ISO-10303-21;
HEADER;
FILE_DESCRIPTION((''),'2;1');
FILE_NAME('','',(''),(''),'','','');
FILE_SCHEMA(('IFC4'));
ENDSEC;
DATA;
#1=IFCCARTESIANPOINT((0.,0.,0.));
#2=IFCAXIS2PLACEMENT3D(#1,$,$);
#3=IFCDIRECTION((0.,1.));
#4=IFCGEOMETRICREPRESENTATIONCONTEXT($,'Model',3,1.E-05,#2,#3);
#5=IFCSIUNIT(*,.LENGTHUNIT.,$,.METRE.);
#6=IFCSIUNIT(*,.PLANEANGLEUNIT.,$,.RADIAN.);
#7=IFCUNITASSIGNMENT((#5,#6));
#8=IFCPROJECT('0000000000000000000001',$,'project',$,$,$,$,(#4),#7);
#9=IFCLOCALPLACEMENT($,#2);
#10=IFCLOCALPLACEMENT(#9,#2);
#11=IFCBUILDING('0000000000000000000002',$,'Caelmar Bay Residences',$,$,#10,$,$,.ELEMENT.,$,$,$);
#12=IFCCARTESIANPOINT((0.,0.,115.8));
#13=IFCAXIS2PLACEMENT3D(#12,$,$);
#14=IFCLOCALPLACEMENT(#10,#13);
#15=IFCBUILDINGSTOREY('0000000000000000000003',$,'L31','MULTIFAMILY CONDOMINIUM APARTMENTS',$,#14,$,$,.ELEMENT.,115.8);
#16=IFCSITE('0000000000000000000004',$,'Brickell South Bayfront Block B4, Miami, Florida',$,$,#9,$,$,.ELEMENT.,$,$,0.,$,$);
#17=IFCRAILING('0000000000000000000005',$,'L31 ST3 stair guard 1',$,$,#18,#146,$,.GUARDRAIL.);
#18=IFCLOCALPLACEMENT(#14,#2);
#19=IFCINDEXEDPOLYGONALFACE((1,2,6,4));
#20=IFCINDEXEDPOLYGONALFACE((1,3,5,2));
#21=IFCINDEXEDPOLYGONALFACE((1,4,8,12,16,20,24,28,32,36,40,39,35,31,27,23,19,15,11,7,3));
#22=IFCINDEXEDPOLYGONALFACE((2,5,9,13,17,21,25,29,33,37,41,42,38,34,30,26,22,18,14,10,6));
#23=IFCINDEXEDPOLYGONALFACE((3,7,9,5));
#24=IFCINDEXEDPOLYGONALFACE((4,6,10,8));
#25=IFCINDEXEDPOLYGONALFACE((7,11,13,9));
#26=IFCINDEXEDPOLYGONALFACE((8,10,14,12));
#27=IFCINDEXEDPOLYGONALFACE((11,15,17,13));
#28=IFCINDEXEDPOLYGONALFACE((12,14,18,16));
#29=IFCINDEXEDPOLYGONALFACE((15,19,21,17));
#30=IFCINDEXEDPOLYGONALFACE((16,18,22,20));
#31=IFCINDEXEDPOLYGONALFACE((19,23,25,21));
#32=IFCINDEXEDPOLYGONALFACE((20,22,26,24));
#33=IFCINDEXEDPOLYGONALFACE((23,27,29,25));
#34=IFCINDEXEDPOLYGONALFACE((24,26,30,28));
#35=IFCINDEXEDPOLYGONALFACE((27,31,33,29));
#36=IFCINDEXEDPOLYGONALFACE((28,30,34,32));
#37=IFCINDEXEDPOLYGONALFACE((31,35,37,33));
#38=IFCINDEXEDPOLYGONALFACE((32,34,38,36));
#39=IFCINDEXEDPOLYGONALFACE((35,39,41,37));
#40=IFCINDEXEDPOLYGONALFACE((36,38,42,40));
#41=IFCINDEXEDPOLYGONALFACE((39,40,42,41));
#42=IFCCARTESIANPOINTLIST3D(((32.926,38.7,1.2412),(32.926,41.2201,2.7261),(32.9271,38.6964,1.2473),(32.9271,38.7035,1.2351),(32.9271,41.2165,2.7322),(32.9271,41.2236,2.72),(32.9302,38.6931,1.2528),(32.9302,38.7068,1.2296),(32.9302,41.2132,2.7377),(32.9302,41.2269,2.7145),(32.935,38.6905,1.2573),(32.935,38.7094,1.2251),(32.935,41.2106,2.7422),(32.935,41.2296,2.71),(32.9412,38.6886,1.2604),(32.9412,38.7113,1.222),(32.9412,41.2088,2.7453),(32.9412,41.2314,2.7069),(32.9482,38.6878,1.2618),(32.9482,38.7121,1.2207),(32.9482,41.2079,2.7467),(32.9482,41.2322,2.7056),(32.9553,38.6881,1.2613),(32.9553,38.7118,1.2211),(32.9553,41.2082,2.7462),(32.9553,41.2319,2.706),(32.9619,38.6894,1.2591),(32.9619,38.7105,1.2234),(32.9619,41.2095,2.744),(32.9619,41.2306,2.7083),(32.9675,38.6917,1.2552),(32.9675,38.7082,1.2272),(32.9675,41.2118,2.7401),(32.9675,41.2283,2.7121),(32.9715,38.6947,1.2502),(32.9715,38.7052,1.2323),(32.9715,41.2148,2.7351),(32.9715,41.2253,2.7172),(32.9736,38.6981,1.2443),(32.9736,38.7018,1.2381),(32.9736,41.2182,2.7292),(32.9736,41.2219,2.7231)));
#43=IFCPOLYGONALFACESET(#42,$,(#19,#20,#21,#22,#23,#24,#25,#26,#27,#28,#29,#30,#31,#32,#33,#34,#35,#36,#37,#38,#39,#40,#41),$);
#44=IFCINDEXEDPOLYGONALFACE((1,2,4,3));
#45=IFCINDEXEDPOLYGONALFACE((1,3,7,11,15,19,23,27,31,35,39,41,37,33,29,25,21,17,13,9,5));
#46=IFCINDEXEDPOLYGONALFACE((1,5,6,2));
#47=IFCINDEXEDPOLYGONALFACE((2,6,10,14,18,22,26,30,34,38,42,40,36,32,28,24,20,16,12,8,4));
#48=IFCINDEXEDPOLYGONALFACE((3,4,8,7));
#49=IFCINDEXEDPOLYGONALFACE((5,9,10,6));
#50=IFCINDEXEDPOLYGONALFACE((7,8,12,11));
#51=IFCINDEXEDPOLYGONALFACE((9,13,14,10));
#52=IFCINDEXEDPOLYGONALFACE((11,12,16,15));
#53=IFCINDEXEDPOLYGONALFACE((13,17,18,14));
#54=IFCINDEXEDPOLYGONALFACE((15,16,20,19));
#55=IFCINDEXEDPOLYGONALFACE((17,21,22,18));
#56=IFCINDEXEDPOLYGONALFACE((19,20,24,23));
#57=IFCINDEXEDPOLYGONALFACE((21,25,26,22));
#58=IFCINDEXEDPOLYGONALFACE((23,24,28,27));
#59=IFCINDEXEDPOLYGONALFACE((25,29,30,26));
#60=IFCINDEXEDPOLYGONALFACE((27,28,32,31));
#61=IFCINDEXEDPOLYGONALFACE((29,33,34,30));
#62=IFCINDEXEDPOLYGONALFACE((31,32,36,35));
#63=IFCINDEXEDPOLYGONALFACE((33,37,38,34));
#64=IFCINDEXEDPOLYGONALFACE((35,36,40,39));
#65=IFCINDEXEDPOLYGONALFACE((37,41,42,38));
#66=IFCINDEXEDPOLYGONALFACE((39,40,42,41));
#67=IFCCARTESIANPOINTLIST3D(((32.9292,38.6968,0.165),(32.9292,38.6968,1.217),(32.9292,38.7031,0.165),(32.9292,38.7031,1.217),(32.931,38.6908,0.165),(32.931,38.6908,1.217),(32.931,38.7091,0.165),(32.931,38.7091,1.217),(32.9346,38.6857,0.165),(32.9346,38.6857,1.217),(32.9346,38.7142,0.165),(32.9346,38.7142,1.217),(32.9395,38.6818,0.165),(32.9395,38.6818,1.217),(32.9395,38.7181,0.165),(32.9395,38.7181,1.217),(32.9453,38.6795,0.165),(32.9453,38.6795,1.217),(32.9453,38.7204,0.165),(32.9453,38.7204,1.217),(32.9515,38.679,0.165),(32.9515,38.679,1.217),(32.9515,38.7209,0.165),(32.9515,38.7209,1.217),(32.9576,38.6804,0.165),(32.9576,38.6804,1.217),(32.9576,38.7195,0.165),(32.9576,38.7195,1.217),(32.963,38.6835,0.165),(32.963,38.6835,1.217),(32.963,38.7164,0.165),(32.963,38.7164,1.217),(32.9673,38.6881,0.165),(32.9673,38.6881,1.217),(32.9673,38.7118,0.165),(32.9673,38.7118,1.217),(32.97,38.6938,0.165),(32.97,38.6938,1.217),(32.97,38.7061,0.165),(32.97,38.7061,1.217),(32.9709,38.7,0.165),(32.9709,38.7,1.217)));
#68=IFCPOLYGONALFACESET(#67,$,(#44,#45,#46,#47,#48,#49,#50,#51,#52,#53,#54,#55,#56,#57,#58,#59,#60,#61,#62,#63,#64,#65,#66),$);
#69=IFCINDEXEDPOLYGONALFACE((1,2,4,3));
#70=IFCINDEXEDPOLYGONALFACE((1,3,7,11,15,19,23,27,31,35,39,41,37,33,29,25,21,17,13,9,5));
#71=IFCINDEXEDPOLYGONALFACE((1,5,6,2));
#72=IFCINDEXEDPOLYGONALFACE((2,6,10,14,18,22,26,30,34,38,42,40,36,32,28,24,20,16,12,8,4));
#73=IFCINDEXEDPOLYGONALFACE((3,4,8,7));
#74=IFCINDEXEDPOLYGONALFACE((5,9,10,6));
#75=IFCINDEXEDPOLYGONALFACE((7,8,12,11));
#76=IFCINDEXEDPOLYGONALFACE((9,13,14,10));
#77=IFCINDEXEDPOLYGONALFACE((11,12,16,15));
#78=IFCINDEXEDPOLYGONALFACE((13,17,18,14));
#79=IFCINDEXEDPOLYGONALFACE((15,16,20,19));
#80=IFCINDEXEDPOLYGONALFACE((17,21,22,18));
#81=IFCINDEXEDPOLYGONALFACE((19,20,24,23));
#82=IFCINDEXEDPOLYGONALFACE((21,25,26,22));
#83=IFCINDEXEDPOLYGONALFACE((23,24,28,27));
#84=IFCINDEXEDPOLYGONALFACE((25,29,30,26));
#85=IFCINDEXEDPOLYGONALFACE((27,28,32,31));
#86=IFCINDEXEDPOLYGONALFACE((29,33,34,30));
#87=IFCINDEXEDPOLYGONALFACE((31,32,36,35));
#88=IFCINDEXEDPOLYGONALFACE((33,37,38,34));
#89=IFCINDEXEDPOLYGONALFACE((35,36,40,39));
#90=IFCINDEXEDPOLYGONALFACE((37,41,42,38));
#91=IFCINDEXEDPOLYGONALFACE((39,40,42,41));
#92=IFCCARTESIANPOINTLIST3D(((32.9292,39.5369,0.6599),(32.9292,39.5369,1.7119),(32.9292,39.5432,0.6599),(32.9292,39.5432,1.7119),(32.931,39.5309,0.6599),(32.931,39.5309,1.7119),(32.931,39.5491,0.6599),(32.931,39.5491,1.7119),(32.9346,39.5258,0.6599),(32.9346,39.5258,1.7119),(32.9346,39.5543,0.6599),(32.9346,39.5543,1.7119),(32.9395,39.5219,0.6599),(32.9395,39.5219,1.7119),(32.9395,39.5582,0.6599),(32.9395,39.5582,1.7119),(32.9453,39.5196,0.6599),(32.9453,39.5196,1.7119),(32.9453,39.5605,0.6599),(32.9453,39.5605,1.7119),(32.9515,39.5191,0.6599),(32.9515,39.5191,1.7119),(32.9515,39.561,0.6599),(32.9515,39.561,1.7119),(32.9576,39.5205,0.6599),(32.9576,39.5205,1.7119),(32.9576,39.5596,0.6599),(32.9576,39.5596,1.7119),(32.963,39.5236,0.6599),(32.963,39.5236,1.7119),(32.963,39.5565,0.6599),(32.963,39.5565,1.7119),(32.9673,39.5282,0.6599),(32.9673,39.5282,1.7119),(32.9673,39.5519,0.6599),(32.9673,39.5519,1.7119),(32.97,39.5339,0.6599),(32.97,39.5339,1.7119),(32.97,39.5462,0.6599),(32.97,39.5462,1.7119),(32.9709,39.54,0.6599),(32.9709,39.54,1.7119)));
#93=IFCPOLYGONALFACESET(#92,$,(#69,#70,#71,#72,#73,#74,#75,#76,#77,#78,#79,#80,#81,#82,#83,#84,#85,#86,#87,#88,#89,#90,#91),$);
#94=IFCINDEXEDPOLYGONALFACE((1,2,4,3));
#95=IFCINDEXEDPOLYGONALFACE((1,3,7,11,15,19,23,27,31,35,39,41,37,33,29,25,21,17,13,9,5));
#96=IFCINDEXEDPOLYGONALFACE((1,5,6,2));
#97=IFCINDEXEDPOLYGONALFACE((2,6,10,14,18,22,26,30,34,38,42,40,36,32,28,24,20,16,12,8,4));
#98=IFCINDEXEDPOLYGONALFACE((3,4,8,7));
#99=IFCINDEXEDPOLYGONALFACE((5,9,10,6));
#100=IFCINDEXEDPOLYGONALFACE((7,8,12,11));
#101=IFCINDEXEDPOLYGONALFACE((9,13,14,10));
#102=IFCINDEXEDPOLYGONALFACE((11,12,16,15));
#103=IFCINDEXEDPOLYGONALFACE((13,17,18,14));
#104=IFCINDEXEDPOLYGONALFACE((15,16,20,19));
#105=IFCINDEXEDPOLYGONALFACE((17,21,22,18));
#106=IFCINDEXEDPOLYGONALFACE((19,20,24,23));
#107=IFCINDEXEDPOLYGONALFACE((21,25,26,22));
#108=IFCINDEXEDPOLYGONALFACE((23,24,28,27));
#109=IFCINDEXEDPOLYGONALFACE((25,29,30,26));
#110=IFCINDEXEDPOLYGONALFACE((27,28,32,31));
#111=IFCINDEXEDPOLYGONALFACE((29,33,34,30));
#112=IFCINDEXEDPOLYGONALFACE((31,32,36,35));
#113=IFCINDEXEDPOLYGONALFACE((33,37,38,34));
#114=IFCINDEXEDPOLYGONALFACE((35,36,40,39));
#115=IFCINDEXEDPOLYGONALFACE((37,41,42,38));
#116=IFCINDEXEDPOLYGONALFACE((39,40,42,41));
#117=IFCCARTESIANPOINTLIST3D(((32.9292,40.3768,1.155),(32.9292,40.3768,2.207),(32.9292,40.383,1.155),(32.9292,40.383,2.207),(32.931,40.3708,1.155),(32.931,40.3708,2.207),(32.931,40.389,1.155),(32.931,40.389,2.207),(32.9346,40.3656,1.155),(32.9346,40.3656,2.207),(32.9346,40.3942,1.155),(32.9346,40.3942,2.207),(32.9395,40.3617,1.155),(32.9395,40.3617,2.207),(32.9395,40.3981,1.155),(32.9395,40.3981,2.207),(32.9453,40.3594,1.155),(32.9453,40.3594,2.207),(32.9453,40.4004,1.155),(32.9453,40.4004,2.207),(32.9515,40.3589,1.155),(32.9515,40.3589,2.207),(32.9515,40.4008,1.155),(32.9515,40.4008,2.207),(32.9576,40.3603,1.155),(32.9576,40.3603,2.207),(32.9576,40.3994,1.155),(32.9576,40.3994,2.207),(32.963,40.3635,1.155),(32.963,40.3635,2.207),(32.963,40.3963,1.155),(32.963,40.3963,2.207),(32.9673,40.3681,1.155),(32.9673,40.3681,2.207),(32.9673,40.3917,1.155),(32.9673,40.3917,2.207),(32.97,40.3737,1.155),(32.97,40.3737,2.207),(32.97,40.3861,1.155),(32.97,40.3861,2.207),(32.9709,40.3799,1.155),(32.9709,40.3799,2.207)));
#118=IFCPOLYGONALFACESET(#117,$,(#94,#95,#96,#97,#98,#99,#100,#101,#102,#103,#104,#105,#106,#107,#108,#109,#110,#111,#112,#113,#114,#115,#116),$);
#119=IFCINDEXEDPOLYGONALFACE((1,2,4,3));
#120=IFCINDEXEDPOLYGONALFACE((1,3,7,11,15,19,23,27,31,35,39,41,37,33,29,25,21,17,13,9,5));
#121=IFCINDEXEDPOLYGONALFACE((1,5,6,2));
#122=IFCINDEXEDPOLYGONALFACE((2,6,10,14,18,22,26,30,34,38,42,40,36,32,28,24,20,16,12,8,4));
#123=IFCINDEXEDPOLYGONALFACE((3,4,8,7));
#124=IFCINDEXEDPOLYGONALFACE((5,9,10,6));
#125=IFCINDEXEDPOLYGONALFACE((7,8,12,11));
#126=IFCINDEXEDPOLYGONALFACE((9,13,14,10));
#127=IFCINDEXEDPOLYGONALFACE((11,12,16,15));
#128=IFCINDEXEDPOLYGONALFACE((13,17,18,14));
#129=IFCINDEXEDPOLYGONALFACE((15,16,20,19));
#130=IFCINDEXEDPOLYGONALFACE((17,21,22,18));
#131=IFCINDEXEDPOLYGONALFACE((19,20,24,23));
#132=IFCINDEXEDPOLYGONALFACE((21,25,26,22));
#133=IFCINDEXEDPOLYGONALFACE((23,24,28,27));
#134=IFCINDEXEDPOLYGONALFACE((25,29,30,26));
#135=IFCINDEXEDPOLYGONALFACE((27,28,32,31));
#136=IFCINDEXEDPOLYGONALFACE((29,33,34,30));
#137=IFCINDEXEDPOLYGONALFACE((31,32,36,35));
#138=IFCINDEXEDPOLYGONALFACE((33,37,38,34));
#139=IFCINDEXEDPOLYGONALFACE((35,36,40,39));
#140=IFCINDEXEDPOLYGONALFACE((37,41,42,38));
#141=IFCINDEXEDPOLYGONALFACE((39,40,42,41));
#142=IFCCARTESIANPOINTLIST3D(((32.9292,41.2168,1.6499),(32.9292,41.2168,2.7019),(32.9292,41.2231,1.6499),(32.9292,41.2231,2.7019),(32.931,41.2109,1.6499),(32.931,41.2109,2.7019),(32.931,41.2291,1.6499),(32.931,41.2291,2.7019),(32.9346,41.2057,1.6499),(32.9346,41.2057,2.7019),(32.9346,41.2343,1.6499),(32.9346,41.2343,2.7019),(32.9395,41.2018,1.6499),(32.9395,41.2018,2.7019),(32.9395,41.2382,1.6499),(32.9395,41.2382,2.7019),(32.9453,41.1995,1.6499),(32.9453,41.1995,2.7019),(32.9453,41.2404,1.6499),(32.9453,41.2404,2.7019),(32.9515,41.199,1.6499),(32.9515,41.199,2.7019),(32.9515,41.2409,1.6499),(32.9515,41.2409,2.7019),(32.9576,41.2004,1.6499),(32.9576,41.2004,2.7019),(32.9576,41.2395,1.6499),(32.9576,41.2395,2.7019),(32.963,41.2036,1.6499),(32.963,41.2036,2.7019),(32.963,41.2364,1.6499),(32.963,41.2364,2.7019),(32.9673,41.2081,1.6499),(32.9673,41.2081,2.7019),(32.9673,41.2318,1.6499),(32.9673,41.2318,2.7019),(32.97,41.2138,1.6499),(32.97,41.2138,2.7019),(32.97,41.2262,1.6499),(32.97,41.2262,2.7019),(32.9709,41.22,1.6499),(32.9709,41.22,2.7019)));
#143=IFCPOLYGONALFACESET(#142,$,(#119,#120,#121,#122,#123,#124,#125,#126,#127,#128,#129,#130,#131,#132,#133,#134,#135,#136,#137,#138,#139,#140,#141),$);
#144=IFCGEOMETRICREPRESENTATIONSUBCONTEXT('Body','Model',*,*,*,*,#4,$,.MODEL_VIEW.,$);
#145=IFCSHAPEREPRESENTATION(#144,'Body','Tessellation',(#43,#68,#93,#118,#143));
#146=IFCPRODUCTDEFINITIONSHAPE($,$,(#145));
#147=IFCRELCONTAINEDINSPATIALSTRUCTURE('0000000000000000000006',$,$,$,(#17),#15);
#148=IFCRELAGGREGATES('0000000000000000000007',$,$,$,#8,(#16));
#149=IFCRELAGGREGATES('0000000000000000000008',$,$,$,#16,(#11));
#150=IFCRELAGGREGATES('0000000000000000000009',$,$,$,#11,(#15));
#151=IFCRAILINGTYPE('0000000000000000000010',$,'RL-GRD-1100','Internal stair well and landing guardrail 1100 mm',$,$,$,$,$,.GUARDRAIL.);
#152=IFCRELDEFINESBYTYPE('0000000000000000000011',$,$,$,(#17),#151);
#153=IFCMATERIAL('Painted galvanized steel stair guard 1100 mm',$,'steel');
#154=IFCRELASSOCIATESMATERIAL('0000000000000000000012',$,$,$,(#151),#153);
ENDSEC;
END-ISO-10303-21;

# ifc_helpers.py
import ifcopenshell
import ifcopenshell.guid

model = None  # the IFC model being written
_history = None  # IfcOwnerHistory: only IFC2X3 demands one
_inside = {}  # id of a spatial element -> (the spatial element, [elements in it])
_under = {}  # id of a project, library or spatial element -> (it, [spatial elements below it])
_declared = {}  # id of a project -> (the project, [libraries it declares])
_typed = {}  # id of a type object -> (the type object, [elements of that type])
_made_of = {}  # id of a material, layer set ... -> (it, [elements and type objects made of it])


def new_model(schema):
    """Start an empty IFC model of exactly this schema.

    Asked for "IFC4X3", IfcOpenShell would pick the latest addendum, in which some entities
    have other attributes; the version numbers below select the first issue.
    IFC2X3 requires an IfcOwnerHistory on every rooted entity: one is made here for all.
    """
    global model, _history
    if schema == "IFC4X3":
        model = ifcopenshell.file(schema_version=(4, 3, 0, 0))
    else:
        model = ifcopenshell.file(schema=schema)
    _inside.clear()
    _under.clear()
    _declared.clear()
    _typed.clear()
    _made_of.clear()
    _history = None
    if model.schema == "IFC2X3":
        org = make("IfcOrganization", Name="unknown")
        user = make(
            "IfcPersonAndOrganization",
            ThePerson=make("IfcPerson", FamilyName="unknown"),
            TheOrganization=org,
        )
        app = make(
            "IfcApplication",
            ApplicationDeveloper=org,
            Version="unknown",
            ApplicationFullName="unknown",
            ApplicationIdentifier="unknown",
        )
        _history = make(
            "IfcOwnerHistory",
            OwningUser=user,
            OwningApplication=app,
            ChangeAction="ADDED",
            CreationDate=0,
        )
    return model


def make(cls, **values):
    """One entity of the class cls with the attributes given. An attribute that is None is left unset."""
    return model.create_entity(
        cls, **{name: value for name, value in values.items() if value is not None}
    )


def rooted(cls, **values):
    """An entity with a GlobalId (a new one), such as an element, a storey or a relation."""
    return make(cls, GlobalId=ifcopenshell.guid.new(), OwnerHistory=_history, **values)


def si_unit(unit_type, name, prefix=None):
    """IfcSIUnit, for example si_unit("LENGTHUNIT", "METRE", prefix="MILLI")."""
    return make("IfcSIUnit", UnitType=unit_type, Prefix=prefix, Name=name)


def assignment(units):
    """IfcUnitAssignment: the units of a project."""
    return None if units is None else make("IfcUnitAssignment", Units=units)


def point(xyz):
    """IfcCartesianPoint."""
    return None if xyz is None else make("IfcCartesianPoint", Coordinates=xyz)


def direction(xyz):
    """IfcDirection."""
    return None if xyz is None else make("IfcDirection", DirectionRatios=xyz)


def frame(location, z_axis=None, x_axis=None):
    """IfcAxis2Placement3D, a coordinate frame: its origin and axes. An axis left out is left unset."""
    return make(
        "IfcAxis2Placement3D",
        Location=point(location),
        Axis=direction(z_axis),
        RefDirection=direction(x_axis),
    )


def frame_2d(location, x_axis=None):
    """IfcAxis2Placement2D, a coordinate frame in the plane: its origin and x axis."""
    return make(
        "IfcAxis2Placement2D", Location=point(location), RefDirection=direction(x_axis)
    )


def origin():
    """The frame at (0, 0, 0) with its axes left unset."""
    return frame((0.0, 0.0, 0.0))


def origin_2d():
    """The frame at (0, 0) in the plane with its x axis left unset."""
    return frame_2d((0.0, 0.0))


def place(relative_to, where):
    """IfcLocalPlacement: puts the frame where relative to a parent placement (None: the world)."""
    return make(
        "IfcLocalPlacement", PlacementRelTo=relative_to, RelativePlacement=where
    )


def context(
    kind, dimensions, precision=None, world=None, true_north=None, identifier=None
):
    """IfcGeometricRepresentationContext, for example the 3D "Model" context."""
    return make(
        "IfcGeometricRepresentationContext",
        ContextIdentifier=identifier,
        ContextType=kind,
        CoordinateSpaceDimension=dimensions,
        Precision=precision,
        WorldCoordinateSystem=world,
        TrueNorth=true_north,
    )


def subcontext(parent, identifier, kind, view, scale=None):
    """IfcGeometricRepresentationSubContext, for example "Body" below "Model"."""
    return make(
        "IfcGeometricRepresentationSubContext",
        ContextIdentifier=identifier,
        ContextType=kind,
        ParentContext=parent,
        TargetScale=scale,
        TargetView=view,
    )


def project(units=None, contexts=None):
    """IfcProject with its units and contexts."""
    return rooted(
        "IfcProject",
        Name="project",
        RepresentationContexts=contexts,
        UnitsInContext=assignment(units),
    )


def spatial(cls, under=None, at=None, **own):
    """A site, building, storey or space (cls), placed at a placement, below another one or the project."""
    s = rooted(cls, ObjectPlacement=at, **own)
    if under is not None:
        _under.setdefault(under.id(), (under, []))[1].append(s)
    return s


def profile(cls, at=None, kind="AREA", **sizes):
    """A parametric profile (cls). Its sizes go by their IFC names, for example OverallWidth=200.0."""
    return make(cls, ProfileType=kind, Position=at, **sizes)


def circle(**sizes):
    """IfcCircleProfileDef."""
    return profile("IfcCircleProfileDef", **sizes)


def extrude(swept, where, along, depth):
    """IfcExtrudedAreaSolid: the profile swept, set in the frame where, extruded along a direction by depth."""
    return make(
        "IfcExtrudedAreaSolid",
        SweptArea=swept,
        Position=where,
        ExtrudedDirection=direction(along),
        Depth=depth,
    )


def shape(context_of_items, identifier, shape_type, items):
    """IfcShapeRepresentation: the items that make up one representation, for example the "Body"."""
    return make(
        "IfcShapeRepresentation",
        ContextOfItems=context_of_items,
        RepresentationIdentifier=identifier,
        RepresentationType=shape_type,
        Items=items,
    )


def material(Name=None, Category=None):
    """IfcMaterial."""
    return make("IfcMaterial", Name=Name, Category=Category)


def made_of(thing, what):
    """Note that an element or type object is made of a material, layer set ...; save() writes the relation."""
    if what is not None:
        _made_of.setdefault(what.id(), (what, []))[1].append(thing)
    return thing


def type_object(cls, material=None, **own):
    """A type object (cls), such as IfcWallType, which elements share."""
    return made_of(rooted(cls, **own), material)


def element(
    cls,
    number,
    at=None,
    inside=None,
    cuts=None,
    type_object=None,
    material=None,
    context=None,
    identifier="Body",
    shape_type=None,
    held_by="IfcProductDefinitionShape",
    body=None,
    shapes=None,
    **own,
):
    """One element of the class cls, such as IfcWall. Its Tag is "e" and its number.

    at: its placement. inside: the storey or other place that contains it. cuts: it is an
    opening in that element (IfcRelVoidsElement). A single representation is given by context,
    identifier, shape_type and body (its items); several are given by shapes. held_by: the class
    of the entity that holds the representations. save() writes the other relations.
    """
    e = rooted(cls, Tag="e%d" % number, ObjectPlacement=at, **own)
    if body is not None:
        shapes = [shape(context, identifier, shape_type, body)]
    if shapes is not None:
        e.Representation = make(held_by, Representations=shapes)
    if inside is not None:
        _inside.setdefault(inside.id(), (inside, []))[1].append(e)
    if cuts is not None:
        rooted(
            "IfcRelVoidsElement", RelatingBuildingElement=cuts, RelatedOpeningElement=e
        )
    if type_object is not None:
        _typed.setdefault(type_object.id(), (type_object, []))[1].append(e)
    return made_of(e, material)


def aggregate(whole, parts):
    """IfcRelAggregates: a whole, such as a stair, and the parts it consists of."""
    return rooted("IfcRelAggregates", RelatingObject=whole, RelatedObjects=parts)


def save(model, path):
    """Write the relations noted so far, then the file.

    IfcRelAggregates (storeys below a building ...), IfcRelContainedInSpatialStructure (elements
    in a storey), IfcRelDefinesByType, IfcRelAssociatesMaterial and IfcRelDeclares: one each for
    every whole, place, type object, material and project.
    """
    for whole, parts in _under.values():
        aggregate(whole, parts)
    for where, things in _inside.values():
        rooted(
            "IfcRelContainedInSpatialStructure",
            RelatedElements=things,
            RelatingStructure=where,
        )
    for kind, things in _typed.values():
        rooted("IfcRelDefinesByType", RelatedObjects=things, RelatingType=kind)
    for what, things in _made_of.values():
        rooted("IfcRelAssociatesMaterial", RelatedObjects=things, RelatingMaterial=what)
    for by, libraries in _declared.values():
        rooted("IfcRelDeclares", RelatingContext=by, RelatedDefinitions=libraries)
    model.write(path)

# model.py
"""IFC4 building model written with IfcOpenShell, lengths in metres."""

from ifc_helpers import new_model, si_unit, direction, frame, origin, origin_2d, place, context, subcontext, project, spatial, circle, extrude, material, type_object, element, save


model = new_model("IFC4")

# Units and contexts
model_context = context("Model", 3, precision=1e-05, world=origin(), true_north=direction((0.0, 1.0)))
body_context = subcontext(model_context, "Body", "Model", "MODEL_VIEW")
ifc_project = project(units=[si_unit("LENGTHUNIT", "METRE"), si_unit("PLANEANGLEUNIT", "RADIAN")], contexts=[model_context])

# Site, building, storey
site_placement = place(None, origin())
site = spatial("IfcSite", under=ifc_project, at=site_placement, Name="Brickell South Bayfront Block B4, Miami, Florida", CompositionType="ELEMENT", RefElevation=0.0)
building_placement = place(site_placement, origin())
building = spatial("IfcBuilding", under=site, at=building_placement, Name="Caelmar Bay Residences", CompositionType="ELEMENT")
storey_placement = place(building_placement, frame((0.0, 0.0, 115.8)))
storey = spatial("IfcBuildingStorey", under=building, at=storey_placement, Name="L31", Description="MULTIFAMILY CONDOMINIUM APARTMENTS", CompositionType="ELEMENT", Elevation=115.8)

# Railing
ifc_material_1 = material(Name="Painted galvanized steel stair guard 1100 mm", Category="steel")
railing_type_1 = type_object("IfcRailingType", Name="RL-GRD-1100", Description="Internal stair well and landing guardrail 1100 mm", PredefinedType="GUARDRAIL", material=ifc_material_1)
railing_1_placement = place(storey_placement, frame((32.95, 38.7, 0.165)))
element("IfcRailing", 1, at=railing_1_placement, inside=storey, type_object=railing_type_1, Name="L31 ST3 stair guard 1", PredefinedType="GUARDRAIL", context=body_context, shape_type="SweptSolid", body=[
    extrude(circle(Radius=0.0239, at=origin_2d()), frame((0.0, 0.0, 1.0762), z_axis=(0.0, 0.861561, 0.507655), x_axis=(-1.0, 0.0, 0.0)), (0.0, 0.0, 1.0), 2.925),
    extrude(circle(Radius=0.021, at=origin_2d()), origin(), (0.0, 0.0, 1.0), 1.052),
    extrude(circle(Radius=0.021, at=origin_2d()), frame((0.0, 0.8401, 0.4949)), (0.0, 0.0, 1.0), 1.052),
    extrude(circle(Radius=0.021, at=origin_2d()), frame((0.0, 1.6799, 0.99)), (0.0, 0.0, 1.0), 1.052),
    extrude(circle(Radius=0.021, at=origin_2d()), frame((0.0, 2.52, 1.4849)), (0.0, 0.0, 1.0), 1.052),
])

save(model, "model.ifc")
